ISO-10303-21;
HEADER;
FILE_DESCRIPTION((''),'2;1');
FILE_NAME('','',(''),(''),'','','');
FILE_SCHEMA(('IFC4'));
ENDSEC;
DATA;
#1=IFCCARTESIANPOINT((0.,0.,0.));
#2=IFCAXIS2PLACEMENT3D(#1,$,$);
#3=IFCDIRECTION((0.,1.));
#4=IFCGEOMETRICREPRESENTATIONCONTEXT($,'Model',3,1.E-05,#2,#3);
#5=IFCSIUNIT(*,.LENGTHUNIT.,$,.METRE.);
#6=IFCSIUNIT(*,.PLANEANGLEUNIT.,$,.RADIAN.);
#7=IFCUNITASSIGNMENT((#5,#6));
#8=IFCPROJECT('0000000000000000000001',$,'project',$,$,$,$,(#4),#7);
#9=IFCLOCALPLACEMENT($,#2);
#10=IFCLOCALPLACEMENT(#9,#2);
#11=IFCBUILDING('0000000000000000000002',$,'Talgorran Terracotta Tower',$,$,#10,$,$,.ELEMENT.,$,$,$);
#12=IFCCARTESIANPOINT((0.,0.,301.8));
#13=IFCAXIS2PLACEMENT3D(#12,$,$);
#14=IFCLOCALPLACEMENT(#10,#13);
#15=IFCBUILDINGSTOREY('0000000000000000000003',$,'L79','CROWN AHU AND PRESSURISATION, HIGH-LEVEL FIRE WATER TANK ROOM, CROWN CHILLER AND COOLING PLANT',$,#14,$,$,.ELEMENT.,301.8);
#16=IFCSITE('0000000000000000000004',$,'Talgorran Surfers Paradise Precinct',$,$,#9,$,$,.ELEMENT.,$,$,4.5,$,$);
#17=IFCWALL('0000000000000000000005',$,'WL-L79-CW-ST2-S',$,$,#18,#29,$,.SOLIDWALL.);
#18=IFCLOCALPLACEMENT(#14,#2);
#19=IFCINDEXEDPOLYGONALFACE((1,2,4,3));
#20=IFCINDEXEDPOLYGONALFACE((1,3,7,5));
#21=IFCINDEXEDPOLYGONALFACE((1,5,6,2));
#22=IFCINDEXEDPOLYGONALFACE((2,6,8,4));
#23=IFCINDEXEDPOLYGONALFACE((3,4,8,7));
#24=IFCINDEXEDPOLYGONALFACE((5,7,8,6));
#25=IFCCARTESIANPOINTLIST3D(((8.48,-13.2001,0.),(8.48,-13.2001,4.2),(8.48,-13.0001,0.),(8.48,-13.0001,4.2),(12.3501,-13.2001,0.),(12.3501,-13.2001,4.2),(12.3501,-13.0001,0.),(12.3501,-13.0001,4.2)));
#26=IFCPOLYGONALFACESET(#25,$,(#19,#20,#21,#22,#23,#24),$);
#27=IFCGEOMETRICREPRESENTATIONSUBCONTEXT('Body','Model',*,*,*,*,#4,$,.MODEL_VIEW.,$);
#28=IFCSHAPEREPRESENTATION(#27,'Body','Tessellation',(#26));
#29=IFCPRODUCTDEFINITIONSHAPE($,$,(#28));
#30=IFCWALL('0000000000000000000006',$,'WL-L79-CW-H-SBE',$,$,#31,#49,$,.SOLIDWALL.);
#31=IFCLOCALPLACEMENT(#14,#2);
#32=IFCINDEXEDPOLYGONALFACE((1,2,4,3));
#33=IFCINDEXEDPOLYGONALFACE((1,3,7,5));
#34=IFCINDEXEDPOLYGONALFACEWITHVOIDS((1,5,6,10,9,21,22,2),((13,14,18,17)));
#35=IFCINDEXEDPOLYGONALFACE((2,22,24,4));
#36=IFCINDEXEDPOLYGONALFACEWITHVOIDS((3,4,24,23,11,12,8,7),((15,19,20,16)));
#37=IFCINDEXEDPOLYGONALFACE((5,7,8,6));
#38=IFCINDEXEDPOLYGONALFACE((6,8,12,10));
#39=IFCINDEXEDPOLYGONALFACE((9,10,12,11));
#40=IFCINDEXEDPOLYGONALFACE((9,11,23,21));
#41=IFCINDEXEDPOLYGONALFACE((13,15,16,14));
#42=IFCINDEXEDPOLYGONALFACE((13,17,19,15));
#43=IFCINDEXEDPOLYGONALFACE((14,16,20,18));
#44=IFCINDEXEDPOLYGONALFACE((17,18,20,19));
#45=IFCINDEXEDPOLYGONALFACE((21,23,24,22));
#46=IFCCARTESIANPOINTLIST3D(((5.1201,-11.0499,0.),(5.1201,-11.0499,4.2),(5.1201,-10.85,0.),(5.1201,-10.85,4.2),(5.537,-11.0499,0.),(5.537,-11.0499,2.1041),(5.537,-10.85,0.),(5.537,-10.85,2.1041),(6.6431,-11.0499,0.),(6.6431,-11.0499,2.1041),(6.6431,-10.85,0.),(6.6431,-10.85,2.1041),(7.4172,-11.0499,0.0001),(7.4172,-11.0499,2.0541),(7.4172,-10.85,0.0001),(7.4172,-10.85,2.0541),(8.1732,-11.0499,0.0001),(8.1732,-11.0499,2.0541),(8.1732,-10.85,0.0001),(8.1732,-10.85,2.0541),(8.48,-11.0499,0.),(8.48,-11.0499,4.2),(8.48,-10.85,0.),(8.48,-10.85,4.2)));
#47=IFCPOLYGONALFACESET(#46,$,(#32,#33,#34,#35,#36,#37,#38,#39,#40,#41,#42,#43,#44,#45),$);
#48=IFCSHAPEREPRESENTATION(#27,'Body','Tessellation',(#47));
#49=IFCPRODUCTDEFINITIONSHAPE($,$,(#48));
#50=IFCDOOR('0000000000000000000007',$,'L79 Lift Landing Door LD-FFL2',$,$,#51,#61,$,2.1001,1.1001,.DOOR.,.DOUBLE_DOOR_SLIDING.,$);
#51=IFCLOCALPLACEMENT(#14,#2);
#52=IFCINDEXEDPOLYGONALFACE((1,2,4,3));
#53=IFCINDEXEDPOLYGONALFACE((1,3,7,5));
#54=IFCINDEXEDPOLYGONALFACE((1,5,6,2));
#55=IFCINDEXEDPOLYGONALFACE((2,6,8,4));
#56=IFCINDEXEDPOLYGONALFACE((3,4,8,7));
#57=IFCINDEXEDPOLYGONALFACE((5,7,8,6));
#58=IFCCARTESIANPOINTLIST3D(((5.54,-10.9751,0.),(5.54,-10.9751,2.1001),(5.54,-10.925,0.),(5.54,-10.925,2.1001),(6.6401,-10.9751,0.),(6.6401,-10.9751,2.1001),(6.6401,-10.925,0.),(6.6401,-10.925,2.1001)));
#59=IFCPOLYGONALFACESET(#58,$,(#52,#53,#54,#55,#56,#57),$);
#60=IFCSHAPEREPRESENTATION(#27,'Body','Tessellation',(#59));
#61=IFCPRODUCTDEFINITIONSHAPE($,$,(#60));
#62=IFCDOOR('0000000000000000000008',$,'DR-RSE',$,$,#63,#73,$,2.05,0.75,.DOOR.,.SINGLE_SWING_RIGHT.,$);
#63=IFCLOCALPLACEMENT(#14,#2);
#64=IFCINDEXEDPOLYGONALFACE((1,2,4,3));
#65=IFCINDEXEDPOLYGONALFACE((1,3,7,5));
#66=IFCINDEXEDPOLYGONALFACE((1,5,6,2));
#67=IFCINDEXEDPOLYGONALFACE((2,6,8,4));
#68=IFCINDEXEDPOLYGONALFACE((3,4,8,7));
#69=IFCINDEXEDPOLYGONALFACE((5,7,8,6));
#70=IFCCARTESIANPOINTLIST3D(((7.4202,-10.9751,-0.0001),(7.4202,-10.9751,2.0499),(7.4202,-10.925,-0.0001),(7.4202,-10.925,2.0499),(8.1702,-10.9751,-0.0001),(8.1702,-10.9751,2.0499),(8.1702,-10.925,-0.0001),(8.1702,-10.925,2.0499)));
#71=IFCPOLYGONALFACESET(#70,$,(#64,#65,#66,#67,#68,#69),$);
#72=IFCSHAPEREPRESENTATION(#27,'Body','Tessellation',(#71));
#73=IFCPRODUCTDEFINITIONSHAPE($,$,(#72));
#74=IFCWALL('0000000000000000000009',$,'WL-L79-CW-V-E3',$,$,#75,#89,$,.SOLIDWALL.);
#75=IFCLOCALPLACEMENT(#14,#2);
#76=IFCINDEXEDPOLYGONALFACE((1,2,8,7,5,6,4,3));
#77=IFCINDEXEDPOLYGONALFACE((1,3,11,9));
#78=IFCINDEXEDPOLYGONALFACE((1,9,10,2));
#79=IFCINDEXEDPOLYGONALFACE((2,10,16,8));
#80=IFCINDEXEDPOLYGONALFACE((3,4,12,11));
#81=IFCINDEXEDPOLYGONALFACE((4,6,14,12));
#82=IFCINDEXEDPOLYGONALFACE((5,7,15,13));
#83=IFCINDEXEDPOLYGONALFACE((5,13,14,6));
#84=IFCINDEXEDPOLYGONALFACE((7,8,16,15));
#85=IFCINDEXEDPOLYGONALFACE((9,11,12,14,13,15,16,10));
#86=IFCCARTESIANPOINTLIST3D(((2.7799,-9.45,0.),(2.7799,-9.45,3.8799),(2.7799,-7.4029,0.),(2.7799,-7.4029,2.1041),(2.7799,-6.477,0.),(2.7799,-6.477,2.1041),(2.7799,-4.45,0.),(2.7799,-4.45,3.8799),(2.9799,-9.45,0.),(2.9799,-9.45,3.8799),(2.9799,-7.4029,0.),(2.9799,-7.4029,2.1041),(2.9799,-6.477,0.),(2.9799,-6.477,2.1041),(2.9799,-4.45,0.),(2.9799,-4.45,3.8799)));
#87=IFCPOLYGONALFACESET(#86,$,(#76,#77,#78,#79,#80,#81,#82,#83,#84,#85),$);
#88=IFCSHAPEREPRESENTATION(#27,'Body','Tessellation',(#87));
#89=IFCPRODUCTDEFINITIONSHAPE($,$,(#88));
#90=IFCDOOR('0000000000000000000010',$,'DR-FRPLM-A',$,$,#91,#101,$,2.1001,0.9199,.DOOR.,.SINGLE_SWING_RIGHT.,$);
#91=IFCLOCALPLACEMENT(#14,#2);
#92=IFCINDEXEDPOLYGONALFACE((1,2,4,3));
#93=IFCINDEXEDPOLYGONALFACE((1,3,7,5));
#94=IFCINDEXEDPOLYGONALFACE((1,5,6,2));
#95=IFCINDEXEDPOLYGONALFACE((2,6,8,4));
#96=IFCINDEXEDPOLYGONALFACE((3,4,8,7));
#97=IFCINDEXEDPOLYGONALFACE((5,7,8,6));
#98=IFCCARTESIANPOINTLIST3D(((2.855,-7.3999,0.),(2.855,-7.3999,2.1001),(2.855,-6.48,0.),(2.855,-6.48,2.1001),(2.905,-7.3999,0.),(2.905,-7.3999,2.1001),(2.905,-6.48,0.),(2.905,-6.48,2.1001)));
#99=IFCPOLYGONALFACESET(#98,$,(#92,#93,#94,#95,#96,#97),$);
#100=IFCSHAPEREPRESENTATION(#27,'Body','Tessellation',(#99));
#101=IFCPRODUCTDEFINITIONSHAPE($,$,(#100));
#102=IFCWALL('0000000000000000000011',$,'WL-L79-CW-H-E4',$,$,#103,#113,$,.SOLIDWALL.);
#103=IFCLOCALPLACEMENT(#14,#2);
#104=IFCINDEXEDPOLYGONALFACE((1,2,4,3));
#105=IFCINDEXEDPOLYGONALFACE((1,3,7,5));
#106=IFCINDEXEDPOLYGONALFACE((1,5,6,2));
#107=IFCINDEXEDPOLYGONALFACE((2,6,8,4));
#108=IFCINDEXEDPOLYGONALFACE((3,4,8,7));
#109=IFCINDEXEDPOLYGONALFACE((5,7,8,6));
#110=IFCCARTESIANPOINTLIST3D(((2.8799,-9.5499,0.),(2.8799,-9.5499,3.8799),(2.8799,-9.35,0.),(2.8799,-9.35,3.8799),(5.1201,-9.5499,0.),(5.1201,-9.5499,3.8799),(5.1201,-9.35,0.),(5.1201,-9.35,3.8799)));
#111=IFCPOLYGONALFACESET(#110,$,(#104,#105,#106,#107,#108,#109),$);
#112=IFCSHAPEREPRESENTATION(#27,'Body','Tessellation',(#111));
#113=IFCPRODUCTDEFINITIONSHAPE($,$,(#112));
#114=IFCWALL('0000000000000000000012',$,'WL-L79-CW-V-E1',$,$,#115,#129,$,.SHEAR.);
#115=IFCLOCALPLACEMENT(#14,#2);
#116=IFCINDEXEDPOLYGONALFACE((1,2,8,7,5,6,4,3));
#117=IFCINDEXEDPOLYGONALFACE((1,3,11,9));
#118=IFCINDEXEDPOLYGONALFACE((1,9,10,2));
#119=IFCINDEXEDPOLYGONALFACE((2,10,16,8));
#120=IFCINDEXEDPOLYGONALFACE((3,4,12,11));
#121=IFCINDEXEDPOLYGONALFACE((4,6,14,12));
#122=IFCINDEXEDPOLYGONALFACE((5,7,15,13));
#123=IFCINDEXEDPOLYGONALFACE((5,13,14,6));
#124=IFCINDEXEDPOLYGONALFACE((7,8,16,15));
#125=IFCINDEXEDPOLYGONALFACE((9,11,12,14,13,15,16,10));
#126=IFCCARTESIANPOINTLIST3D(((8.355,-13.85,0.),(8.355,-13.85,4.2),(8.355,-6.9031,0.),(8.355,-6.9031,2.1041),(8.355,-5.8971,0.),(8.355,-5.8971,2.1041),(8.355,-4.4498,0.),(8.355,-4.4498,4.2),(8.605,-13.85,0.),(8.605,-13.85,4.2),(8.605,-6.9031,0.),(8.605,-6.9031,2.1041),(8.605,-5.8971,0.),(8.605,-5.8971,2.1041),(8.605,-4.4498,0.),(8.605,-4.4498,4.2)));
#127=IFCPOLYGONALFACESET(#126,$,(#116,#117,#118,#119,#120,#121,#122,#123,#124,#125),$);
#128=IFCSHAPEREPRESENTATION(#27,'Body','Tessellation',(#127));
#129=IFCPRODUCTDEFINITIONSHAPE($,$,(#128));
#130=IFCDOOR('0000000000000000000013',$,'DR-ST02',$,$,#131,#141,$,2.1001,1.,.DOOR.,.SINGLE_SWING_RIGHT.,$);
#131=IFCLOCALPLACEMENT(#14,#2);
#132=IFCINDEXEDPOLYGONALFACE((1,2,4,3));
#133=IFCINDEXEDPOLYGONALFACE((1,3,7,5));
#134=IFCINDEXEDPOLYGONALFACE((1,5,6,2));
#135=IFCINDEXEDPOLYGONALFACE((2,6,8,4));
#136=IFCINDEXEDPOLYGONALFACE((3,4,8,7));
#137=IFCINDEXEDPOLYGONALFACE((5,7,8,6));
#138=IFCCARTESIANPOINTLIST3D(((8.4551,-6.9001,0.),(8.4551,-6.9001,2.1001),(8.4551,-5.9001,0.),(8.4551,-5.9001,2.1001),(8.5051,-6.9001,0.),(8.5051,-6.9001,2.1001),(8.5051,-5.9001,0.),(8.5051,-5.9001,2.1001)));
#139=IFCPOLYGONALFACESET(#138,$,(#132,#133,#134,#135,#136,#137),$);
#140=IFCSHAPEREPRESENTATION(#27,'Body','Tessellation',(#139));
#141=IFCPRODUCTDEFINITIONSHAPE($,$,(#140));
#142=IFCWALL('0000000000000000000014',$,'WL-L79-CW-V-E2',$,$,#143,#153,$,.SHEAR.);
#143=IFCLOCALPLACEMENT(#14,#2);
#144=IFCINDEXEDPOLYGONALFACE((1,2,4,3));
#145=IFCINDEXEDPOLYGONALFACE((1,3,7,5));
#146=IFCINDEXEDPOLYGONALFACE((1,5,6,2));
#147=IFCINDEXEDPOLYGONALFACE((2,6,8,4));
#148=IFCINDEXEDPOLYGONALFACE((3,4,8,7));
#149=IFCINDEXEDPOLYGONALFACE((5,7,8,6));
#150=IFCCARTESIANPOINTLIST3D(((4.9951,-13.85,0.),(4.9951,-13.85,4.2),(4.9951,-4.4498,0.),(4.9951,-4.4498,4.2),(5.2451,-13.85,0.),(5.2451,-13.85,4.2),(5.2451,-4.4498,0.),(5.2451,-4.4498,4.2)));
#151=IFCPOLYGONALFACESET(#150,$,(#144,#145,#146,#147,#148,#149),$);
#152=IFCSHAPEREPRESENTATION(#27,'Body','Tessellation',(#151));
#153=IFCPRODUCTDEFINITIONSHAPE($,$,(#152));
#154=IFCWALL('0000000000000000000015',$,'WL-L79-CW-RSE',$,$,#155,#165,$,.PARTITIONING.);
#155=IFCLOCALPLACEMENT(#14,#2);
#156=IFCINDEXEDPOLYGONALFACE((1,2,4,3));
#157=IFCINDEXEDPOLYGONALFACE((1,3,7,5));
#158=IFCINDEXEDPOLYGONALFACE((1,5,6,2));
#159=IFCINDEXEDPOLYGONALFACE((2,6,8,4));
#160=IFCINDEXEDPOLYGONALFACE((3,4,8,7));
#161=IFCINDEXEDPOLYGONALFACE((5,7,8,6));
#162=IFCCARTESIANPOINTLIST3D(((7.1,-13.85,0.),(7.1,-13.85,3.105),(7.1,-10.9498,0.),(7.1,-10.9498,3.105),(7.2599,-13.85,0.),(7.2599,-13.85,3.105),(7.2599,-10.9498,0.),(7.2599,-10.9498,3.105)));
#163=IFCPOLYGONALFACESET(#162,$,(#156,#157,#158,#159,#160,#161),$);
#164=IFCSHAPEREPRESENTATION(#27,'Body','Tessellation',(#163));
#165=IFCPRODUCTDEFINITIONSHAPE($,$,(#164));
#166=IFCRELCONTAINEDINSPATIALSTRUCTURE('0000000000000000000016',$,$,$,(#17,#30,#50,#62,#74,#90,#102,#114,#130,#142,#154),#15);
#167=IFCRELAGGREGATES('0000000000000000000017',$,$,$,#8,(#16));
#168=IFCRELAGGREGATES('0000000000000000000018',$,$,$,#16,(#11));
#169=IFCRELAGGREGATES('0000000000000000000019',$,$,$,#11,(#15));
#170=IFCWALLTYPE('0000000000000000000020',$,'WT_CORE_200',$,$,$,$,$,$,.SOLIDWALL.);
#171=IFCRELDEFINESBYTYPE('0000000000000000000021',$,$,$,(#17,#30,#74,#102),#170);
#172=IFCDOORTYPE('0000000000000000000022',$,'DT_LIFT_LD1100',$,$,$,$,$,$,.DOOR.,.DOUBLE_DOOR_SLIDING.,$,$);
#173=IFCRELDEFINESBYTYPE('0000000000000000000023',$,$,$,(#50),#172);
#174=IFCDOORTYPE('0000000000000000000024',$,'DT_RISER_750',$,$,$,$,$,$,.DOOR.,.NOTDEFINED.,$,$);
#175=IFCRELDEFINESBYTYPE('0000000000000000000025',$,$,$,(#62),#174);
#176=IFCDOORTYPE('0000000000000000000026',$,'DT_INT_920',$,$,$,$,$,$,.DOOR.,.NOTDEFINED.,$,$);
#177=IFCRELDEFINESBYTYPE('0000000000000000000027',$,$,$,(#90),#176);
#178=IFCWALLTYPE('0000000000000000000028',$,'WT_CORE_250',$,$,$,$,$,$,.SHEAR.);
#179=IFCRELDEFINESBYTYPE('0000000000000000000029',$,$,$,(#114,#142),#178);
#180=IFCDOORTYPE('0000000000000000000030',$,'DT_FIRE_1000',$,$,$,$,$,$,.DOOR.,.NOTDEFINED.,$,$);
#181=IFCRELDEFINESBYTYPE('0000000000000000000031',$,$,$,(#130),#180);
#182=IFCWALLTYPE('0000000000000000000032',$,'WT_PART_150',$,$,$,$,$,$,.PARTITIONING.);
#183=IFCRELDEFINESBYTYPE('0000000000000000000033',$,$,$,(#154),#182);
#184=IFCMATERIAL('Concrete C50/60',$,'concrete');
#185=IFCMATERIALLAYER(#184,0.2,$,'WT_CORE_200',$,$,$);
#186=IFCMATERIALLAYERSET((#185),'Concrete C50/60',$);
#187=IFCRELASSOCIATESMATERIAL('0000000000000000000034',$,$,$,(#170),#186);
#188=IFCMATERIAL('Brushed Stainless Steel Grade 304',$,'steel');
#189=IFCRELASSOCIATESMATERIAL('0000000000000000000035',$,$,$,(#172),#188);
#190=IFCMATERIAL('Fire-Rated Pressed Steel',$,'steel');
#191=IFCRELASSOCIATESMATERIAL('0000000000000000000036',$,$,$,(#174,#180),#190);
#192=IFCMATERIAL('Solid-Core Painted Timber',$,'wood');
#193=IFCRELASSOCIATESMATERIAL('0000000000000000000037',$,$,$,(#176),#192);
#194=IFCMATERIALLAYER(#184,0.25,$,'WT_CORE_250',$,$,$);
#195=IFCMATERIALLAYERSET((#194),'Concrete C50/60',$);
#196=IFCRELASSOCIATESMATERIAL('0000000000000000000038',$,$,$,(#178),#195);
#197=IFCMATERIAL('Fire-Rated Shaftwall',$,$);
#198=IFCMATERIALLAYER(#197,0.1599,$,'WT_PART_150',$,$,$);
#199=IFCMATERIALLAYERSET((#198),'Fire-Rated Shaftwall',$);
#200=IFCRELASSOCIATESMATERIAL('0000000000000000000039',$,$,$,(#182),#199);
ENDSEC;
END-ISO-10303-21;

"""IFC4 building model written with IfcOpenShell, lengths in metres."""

from ifc_helpers import new_model, si_unit, direction, frame, frame_2d, origin, place, context, subcontext, project, spatial, rectangle, extrude, material, layer, layer_set, type_object, element, fill, save


model = new_model("IFC4")

# Units and contexts
model_context = context("Model", 3, precision=1e-05, world=origin(), true_north=direction((0.0, 1.0)))
body_context = subcontext(model_context, "Body", "Model", "MODEL_VIEW")
ifc_project = project(units=[si_unit("LENGTHUNIT", "METRE"), si_unit("PLANEANGLEUNIT", "RADIAN")], contexts=[model_context])

# Site, building, storey
site_placement = place(None, origin())
site = spatial("IfcSite", under=ifc_project, at=site_placement, Name="Talgorran Surfers Paradise Precinct", CompositionType="ELEMENT", RefElevation=4.5)
building_placement = place(site_placement, origin())
building = spatial("IfcBuilding", under=site, at=building_placement, Name="Talgorran Terracotta Tower", CompositionType="ELEMENT")
storey_placement = place(building_placement, frame((0.0, 0.0, 301.8)))
storey = spatial("IfcBuildingStorey", under=building, at=storey_placement, Name="L79", Description="CROWN AHU AND PRESSURISATION, HIGH-LEVEL FIRE WATER TANK ROOM, CROWN CHILLER AND COOLING PLANT", CompositionType="ELEMENT", Elevation=301.8)

# Shared definitions
ifc_material_1 = material(Name="Concrete C50/60", Category="concrete")

# Wall
ifc_layer_1 = layer(ifc_material_1, 0.2, Name="WT_CORE_200")
ifc_layer_set_1 = layer_set([ifc_layer_1], Name="Concrete C50/60")
wall_type_1 = type_object("IfcWallType", Name="WT_CORE_200", PredefinedType="SOLIDWALL", material=ifc_layer_set_1)
wall_1_placement = place(storey_placement, frame((8.48, -13.1001, 0.0), z_axis=(0.0, 0.0, 1.0), x_axis=(1.0, 0.0, 0.0)))
element("IfcWall", 1, at=wall_1_placement, inside=storey, type_object=wall_type_1, Name="WL-L79-CW-ST2-S", PredefinedType="SOLIDWALL", context=body_context, shape_type="SweptSolid", body=[
    extrude(rectangle(XDim=3.8701, YDim=0.2, at=frame_2d((1.9351, 0.0))), origin(), (0.0, 0.0, 1.0), 4.2),
])

# Wall, openings, doors
wall_2_placement = place(storey_placement, frame((5.1201, -10.95, 0.0), z_axis=(0.0, 0.0, 1.0), x_axis=(1.0, 0.0, 0.0)))
wall_2 = element("IfcWall", 2, at=wall_2_placement, inside=storey, type_object=wall_type_1, Name="WL-L79-CW-H-SBE", PredefinedType="SOLIDWALL", context=body_context, shape_type="SweptSolid", body=[
    extrude(rectangle(XDim=3.3599, YDim=0.2, at=frame_2d((1.6799, 0.0))), origin(), (0.0, 0.0, 1.0), 4.2),
])
opening_1_placement = place(wall_2_placement, frame((0.4199, 0.0, 0.0)))
opening_1 = element("IfcOpeningElement", 3, at=opening_1_placement, cuts=wall_2, PredefinedType="OPENING", context=body_context, shape_type="SweptSolid", body=[
    extrude(rectangle(XDim=1.1061, YDim=2.1041, at=frame_2d((0.55, 1.052))), frame((0.0, 0.1099, 0.0), z_axis=(0.0, -1.0, 0.0), x_axis=(1.0, 0.0, 0.0)), (0.0, 0.0, 1.0), 0.22),
])
opening_2_placement = place(wall_2_placement, frame((2.3, 0.0, 0.0)))
opening_2 = element("IfcOpeningElement", 4, at=opening_2_placement, cuts=wall_2, PredefinedType="OPENING", context=body_context, shape_type="SweptSolid", body=[
    extrude(rectangle(XDim=0.756, YDim=2.054, at=frame_2d((0.375, 1.0271))), frame((0.0, 0.1099, 0.0), z_axis=(0.0, -1.0, 0.0), x_axis=(1.0, 0.0, 0.0)), (0.0, 0.0, 1.0), 0.22),
])
ifc_material_2 = material(Name="Brushed Stainless Steel Grade 304", Category="steel")
door_type_1 = type_object("IfcDoorType", Name="DT_LIFT_LD1100", OperationType="DOUBLE_DOOR_SLIDING", PredefinedType="DOOR", material=ifc_material_2)
door_1_placement = place(opening_1_placement, origin())
door_1 = element("IfcDoor", 5, at=door_1_placement, inside=storey, type_object=door_type_1, Name="L79 Lift Landing Door LD-FFL2", OperationType="DOUBLE_DOOR_SLIDING", OverallHeight=2.1001, OverallWidth=1.1001, PredefinedType="DOOR", context=body_context, shape_type="SweptSolid", body=[
    extrude(rectangle(XDim=1.1001, YDim=2.1001, at=frame_2d((0.55, 1.05))), frame((0.0, 0.0249, 0.0), z_axis=(0.0, -1.0, 0.0), x_axis=(1.0, 0.0, 0.0)), (0.0, 0.0, 1.0), 0.05),
])
fill(opening_1, door_1)
ifc_material_3 = material(Name="Fire-Rated Pressed Steel", Category="steel")
door_type_2 = type_object("IfcDoorType", Name="DT_RISER_750", OperationType="NOTDEFINED", PredefinedType="DOOR", material=ifc_material_3)
door_2_placement = place(opening_2_placement, origin())
door_2 = element("IfcDoor", 6, at=door_2_placement, inside=storey, type_object=door_type_2, Name="DR-RSE", OperationType="SINGLE_SWING_RIGHT", OverallHeight=2.05, OverallWidth=0.75, PredefinedType="DOOR", context=body_context, shape_type="SweptSolid", body=[
    extrude(rectangle(XDim=0.75, YDim=2.05, at=frame_2d((0.375, 1.0249))), frame((0.0, 0.0249, 0.0), z_axis=(0.0, -1.0, 0.0), x_axis=(1.0, 0.0, 0.0)), (0.0, 0.0, 1.0), 0.05),
])
fill(opening_2, door_2)

# Wall, opening, door
wall_3_placement = place(storey_placement, frame((2.8799, -9.45, 0.0), z_axis=(0.0, 0.0, 1.0), x_axis=(0.0, 1.0, 0.0)))
wall_3 = element("IfcWall", 7, at=wall_3_placement, inside=storey, type_object=wall_type_1, Name="WL-L79-CW-V-E3", PredefinedType="SOLIDWALL", context=body_context, shape_type="SweptSolid", body=[
    extrude(rectangle(XDim=5.0, YDim=0.2, at=frame_2d((2.5, 0.0))), origin(), (0.0, 0.0, 1.0), 3.8799),
])
opening_3_placement = place(wall_3_placement, frame((2.05, 0.0, 0.0)))
opening_3 = element("IfcOpeningElement", 8, at=opening_3_placement, cuts=wall_3, PredefinedType="OPENING", context=body_context, shape_type="SweptSolid", body=[
    extrude(rectangle(XDim=0.9259, YDim=2.1041, at=frame_2d((0.46, 1.052))), frame((0.0, 0.1099, 0.0), z_axis=(0.0, -1.0, 0.0), x_axis=(1.0, 0.0, 0.0)), (0.0, 0.0, 1.0), 0.22),
])
ifc_material_4 = material(Name="Solid-Core Painted Timber", Category="wood")
door_type_3 = type_object("IfcDoorType", Name="DT_INT_920", OperationType="NOTDEFINED", PredefinedType="DOOR", material=ifc_material_4)
door_3_placement = place(opening_3_placement, origin())
door_3 = element("IfcDoor", 9, at=door_3_placement, inside=storey, type_object=door_type_3, Name="DR-FRPLM-A", OperationType="SINGLE_SWING_RIGHT", OverallHeight=2.1001, OverallWidth=0.9199, PredefinedType="DOOR", context=body_context, shape_type="SweptSolid", body=[
    extrude(rectangle(XDim=0.9199, YDim=2.1001, at=frame_2d((0.46, 1.05))), frame((0.0, 0.0249, 0.0), z_axis=(0.0, -1.0, 0.0), x_axis=(1.0, 0.0, 0.0)), (0.0, 0.0, 1.0), 0.05),
])
fill(opening_3, door_3)

# Wall
wall_4_placement = place(storey_placement, frame((2.8799, -9.45, 0.0), z_axis=(0.0, 0.0, 1.0), x_axis=(1.0, 0.0, 0.0)))
element("IfcWall", 10, at=wall_4_placement, inside=storey, type_object=wall_type_1, Name="WL-L79-CW-H-E4", PredefinedType="SOLIDWALL", context=body_context, shape_type="SweptSolid", body=[
    extrude(rectangle(XDim=2.2402, YDim=0.2, at=frame_2d((1.1201, 0.0))), origin(), (0.0, 0.0, 1.0), 3.8799),
])

# Wall, opening, door
ifc_layer_2 = layer(ifc_material_1, 0.25, Name="WT_CORE_250")
ifc_layer_set_2 = layer_set([ifc_layer_2], Name="Concrete C50/60")
wall_type_2 = type_object("IfcWallType", Name="WT_CORE_250", PredefinedType="SHEAR", material=ifc_layer_set_2)
wall_5_placement = place(storey_placement, frame((8.48, -13.8501, 0.0), z_axis=(0.0, 0.0, 1.0), x_axis=(0.0, 1.0, 0.0)))
wall_5 = element("IfcWall", 11, at=wall_5_placement, inside=storey, type_object=wall_type_2, Name="WL-L79-CW-V-E1", PredefinedType="SHEAR", context=body_context, shape_type="SweptSolid", body=[
    extrude(rectangle(XDim=9.4001, YDim=0.25, at=frame_2d((4.7002, 0.0))), origin(), (0.0, 0.0, 1.0), 4.2),
])
opening_4_placement = place(wall_5_placement, frame((6.95, 0.0, 0.0)))
opening_4 = element("IfcOpeningElement", 12, at=opening_4_placement, cuts=wall_5, PredefinedType="OPENING", context=body_context, shape_type="SweptSolid", body=[
    extrude(rectangle(XDim=1.006, YDim=2.1041, at=frame_2d((0.5, 1.052))), frame((0.0, 0.135, 0.0), z_axis=(0.0, -1.0, 0.0), x_axis=(1.0, 0.0, 0.0)), (0.0, 0.0, 1.0), 0.27),
])
door_type_4 = type_object("IfcDoorType", Name="DT_FIRE_1000", OperationType="NOTDEFINED", PredefinedType="DOOR", material=ifc_material_3)
door_4_placement = place(opening_4_placement, origin())
door_4 = element("IfcDoor", 13, at=door_4_placement, inside=storey, type_object=door_type_4, Name="DR-ST02", OperationType="SINGLE_SWING_RIGHT", OverallHeight=2.1001, OverallWidth=1.0, PredefinedType="DOOR", context=body_context, shape_type="SweptSolid", body=[
    extrude(rectangle(XDim=1.0, YDim=2.1001, at=frame_2d((0.5, 1.05))), frame((0.0, 0.0249, 0.0), z_axis=(0.0, -1.0, 0.0), x_axis=(1.0, 0.0, 0.0)), (0.0, 0.0, 1.0), 0.05),
])
fill(opening_4, door_4)

# Walls
wall_6_placement = place(storey_placement, frame((5.1201, -13.8501, 0.0), z_axis=(0.0, 0.0, 1.0), x_axis=(0.0, 1.0, 0.0)))
element("IfcWall", 14, at=wall_6_placement, inside=storey, type_object=wall_type_2, Name="WL-L79-CW-V-E2", PredefinedType="SHEAR", context=body_context, shape_type="SweptSolid", body=[
    extrude(rectangle(XDim=9.4001, YDim=0.25, at=frame_2d((4.7002, 0.0))), origin(), (0.0, 0.0, 1.0), 4.2),
])
ifc_material_5 = material(Name="Fire-Rated Shaftwall")
ifc_layer_3 = layer(ifc_material_5, 0.1599, Name="WT_PART_150")
ifc_layer_set_3 = layer_set([ifc_layer_3], Name="Fire-Rated Shaftwall")
wall_type_3 = type_object("IfcWallType", Name="WT_PART_150", PredefinedType="PARTITIONING", material=ifc_layer_set_3)
for number, where, z_axis, x_axis, name in (
    (15, (7.1799, -13.8501, 0.0), (0.0, 0.0, 1.0), (0.0, 1.0, 0.0), "WL-L79-CW-RSE"),
):
    element("IfcWall", number, at=place(storey_placement, frame(where, z_axis=z_axis, x_axis=x_axis)), inside=storey, type_object=wall_type_3, Name=name, PredefinedType="PARTITIONING", context=body_context, shape_type="SweptSolid", body=[
        extrude(rectangle(XDim=2.9001, YDim=0.1599, at=frame_2d((1.4502, 0.0))), origin(), (0.0, 0.0, 1.0), 3.105),
    ])

save(model, "model.ifc")
